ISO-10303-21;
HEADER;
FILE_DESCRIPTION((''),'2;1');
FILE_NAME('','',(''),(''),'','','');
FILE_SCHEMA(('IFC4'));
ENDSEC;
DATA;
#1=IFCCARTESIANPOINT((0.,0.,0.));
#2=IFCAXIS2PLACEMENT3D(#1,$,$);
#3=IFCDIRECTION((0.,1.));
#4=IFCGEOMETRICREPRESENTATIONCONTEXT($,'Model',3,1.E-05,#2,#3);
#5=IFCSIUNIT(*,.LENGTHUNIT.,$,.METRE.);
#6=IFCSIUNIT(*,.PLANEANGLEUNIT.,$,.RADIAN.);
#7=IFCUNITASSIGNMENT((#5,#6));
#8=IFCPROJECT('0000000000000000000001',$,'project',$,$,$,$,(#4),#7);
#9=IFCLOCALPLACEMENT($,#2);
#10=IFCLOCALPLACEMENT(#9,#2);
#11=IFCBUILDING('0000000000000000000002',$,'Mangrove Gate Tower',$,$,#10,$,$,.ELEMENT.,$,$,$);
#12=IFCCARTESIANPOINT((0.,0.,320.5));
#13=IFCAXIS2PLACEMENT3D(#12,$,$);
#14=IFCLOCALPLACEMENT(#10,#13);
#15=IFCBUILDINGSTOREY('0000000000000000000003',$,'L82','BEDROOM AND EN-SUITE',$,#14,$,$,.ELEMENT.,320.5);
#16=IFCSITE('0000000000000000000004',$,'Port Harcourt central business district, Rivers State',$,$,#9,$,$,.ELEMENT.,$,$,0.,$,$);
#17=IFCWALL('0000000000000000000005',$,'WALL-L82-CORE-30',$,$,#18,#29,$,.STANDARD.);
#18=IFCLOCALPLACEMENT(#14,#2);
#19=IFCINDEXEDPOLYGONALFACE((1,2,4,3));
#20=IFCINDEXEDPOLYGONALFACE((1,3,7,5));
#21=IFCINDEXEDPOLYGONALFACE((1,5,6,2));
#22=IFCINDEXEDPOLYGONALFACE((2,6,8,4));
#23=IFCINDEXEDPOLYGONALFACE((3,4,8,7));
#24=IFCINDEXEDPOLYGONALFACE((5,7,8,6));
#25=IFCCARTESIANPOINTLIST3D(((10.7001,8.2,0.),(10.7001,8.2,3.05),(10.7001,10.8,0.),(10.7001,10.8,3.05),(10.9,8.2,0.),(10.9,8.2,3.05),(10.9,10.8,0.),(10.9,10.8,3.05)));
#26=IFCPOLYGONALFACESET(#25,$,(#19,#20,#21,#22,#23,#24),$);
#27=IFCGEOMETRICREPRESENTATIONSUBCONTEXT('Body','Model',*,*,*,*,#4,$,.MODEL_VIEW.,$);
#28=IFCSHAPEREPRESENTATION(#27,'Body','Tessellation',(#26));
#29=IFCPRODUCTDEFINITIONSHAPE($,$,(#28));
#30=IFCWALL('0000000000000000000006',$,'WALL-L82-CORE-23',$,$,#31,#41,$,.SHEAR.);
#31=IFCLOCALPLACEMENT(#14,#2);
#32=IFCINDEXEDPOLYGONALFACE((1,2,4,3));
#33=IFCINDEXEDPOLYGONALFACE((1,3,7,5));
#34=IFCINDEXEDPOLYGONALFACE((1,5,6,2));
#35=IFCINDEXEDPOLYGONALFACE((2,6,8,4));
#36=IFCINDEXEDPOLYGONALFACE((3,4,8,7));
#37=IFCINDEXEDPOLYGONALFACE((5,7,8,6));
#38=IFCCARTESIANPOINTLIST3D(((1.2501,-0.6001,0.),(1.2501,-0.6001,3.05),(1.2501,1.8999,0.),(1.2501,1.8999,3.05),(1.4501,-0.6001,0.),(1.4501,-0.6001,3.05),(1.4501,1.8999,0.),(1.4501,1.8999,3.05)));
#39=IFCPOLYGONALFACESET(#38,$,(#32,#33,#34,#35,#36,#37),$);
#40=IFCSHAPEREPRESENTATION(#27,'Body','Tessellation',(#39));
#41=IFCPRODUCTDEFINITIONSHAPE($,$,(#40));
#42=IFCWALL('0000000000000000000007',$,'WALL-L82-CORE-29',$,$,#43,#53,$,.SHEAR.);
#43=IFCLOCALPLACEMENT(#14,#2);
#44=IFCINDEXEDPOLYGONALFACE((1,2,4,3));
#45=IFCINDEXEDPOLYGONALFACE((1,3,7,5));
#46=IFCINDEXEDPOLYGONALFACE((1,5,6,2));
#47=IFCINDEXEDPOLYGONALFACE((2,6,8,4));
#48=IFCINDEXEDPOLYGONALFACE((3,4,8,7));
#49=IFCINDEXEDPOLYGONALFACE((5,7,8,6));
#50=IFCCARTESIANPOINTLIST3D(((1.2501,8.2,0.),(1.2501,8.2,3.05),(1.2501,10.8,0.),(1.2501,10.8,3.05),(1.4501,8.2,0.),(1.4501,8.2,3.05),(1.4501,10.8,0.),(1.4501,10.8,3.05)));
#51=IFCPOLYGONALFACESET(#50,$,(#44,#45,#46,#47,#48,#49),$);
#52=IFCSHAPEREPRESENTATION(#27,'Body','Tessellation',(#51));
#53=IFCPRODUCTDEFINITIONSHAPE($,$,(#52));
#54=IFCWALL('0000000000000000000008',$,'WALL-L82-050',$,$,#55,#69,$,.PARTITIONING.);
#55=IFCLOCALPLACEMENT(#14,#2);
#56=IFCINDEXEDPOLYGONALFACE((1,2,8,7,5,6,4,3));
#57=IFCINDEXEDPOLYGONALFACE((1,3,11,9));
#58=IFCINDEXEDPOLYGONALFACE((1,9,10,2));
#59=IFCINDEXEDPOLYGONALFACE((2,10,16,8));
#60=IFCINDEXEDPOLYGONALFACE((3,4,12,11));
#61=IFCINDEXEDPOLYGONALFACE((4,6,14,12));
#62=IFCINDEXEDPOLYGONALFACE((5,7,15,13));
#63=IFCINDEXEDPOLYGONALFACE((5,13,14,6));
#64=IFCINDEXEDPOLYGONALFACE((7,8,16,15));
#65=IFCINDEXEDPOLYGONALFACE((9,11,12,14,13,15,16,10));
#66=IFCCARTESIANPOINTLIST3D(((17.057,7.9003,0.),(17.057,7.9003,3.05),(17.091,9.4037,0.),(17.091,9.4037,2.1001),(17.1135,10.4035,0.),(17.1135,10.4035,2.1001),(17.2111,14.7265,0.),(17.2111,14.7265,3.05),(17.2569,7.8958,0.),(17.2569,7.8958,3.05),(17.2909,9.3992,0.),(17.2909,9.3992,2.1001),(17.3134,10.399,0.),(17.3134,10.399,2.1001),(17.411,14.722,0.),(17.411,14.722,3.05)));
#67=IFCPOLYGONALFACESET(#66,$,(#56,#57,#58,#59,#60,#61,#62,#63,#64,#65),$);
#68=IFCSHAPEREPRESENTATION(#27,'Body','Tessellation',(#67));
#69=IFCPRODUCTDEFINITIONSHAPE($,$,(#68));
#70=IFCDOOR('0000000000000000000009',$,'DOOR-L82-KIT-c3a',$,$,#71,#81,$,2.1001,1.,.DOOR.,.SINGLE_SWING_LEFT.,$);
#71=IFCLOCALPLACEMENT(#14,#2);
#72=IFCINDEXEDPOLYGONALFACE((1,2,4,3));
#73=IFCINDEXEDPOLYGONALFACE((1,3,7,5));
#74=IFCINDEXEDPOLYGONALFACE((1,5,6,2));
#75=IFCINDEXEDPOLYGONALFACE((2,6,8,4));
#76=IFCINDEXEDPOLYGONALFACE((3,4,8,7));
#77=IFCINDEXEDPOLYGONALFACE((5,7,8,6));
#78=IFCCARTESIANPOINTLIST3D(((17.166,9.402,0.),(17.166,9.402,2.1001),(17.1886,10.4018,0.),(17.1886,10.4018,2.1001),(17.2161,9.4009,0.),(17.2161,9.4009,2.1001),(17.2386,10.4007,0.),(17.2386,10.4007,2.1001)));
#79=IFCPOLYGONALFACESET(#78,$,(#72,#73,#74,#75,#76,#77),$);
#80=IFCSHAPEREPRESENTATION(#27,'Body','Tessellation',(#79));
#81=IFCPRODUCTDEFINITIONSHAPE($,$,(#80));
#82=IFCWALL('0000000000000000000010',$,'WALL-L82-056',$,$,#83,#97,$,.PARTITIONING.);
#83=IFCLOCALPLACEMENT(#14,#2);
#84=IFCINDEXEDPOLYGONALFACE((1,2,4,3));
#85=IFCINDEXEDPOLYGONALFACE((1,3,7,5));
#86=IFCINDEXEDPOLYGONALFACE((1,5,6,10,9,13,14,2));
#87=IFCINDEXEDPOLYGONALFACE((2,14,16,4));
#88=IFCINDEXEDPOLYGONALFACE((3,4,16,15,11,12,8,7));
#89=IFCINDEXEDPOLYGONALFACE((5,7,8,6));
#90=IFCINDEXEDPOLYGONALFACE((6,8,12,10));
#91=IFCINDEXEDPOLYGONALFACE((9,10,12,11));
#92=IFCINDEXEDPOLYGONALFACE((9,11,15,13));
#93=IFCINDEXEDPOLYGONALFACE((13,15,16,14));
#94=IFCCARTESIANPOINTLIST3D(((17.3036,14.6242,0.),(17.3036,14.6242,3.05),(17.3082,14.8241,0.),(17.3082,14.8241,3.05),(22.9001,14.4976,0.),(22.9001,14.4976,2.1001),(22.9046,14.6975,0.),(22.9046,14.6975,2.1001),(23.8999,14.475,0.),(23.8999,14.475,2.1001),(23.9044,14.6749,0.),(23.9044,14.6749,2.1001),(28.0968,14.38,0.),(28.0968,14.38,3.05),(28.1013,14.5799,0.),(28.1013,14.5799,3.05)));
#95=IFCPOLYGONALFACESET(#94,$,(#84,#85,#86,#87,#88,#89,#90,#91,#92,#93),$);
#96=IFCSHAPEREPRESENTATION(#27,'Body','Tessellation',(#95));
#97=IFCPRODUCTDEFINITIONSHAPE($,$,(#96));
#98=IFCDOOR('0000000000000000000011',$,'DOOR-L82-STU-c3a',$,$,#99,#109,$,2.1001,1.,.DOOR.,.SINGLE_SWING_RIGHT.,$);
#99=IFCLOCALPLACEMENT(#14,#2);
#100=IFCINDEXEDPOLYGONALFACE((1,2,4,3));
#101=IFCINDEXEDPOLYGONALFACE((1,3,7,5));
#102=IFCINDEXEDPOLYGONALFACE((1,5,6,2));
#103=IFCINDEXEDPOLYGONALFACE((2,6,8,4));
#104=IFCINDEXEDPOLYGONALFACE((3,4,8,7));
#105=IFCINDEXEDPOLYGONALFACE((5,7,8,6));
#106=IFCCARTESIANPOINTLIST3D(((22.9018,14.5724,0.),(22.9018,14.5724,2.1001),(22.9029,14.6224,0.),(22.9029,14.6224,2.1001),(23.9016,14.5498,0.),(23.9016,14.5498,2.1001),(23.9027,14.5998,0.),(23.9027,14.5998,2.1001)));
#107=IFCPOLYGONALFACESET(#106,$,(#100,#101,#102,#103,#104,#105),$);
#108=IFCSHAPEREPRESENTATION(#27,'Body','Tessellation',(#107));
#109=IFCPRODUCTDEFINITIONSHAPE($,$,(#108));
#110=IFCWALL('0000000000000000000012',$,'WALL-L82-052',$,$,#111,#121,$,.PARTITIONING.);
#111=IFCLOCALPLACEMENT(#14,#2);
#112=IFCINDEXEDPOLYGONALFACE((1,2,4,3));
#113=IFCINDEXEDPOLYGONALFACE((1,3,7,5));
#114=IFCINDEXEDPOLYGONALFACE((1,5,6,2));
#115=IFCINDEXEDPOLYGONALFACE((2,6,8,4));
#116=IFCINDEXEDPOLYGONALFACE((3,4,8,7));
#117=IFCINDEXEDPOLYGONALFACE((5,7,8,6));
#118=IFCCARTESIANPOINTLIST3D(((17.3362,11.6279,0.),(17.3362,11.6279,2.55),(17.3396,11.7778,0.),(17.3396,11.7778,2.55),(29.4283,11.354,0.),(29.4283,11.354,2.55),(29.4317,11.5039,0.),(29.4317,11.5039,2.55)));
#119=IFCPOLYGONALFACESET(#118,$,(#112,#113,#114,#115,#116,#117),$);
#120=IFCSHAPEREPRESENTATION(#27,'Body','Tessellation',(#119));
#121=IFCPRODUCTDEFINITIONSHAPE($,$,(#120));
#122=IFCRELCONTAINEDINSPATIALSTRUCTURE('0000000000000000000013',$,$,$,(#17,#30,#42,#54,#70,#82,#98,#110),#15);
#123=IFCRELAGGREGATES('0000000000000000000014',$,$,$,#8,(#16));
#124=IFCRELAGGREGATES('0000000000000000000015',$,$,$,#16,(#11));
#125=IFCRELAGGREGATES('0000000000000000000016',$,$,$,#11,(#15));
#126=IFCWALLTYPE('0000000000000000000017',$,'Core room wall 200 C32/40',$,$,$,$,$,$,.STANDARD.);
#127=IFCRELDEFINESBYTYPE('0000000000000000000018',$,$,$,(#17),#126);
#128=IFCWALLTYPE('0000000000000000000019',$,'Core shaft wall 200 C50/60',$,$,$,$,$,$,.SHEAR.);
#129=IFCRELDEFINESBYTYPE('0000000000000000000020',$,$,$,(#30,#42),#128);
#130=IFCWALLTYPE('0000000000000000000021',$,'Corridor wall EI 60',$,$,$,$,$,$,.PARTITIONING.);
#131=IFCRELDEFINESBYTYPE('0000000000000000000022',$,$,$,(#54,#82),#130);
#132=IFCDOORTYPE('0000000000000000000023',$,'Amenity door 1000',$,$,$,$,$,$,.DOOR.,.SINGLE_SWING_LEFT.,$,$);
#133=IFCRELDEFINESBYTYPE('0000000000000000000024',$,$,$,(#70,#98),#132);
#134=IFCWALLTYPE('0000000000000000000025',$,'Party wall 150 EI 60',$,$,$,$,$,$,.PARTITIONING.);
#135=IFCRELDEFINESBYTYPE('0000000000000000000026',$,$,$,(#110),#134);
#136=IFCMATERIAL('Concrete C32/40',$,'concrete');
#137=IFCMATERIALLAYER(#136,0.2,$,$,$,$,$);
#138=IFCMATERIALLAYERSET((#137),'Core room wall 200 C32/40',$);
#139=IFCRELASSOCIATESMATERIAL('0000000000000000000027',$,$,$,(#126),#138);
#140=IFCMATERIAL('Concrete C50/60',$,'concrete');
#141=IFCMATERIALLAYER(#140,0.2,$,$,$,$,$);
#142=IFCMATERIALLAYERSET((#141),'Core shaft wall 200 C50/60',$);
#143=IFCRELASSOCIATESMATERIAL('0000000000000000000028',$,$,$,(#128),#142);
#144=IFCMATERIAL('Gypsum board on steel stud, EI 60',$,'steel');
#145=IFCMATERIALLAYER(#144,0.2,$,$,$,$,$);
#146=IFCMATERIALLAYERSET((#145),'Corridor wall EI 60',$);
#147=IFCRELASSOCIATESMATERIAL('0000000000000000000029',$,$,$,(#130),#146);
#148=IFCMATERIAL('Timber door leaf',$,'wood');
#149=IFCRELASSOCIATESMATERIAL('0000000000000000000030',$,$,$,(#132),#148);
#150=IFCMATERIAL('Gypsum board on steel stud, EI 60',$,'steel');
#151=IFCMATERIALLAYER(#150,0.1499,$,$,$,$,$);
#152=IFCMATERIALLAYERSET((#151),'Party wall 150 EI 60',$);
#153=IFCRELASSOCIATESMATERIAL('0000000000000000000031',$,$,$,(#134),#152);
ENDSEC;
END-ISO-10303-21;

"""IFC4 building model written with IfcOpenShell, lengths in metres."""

from ifc_helpers import new_model, si_unit, direction, frame, frame_2d, origin, place, context, subcontext, project, spatial, rectangle, extrude, material, layer, layer_set, type_object, element, fill, save


model = new_model("IFC4")

# Units and contexts
model_context = context("Model", 3, precision=1e-05, world=origin(), true_north=direction((0.0, 1.0)))
body_context = subcontext(model_context, "Body", "Model", "MODEL_VIEW")
ifc_project = project(units=[si_unit("LENGTHUNIT", "METRE"), si_unit("PLANEANGLEUNIT", "RADIAN")], contexts=[model_context])

# Site, building, storey
site_placement = place(None, origin())
site = spatial("IfcSite", under=ifc_project, at=site_placement, Name="Port Harcourt central business district, Rivers State", CompositionType="ELEMENT", RefElevation=0.0)
building_placement = place(site_placement, origin())
building = spatial("IfcBuilding", under=site, at=building_placement, Name="Mangrove Gate Tower", CompositionType="ELEMENT")
storey_placement = place(building_placement, frame((0.0, 0.0, 320.5)))
storey = spatial("IfcBuildingStorey", under=building, at=storey_placement, Name="L82", Description="BEDROOM AND EN-SUITE", CompositionType="ELEMENT", Elevation=320.5)

# Walls
ifc_material_1 = material(Name="Concrete C32/40", Category="concrete")
ifc_layer_1 = layer(ifc_material_1, 0.2)
ifc_layer_set_1 = layer_set([ifc_layer_1], Name="Core room wall 200 C32/40")
wall_type_1 = type_object("IfcWallType", Name="Core room wall 200 C32/40", PredefinedType="STANDARD", material=ifc_layer_set_1)
wall_1_placement = place(storey_placement, frame((10.8, 8.2, 0.0), z_axis=(0.0, 0.0, 1.0), x_axis=(0.0, 1.0, 0.0)))
element("IfcWall", 1, at=wall_1_placement, inside=storey, type_object=wall_type_1, Name="WALL-L82-CORE-30", PredefinedType="STANDARD", context=body_context, shape_type="SweptSolid", body=[
    extrude(rectangle(XDim=2.6001, YDim=0.2, at=frame_2d((1.3, 0.0))), origin(), (0.0, 0.0, 1.0), 3.05),
])
ifc_material_2 = material(Name="Concrete C50/60", Category="concrete")
ifc_layer_2 = layer(ifc_material_2, 0.2)
ifc_layer_set_2 = layer_set([ifc_layer_2], Name="Core shaft wall 200 C50/60")
wall_type_2 = type_object("IfcWallType", Name="Core shaft wall 200 C50/60", PredefinedType="SHEAR", material=ifc_layer_set_2)
wall_2_placement = place(storey_placement, frame((1.3501, -0.6001, 0.0), z_axis=(0.0, 0.0, 1.0), x_axis=(0.0, 1.0, 0.0)))
element("IfcWall", 2, at=wall_2_placement, inside=storey, type_object=wall_type_2, Name="WALL-L82-CORE-23", PredefinedType="SHEAR", context=body_context, shape_type="SweptSolid", body=[
    extrude(rectangle(XDim=2.5, YDim=0.2, at=frame_2d((1.25, 0.0))), origin(), (0.0, 0.0, 1.0), 3.05),
])
wall_3_placement = place(storey_placement, frame((1.3501, 8.2, 0.0), z_axis=(0.0, 0.0, 1.0), x_axis=(0.0, 1.0, 0.0)))
element("IfcWall", 3, at=wall_3_placement, inside=storey, type_object=wall_type_2, Name="WALL-L82-CORE-29", PredefinedType="SHEAR", context=body_context, shape_type="SweptSolid", body=[
    extrude(rectangle(XDim=2.6001, YDim=0.2, at=frame_2d((1.3, 0.0))), origin(), (0.0, 0.0, 1.0), 3.05),
])

# Walls, openings, doors
ifc_material_3 = material(Name="Gypsum board on steel stud, EI 60", Category="steel")
ifc_layer_3 = layer(ifc_material_3, 0.2)
ifc_layer_set_3 = layer_set([ifc_layer_3], Name="Corridor wall EI 60")
wall_type_3 = type_object("IfcWallType", Name="Corridor wall EI 60", PredefinedType="PARTITIONING", material=ifc_layer_set_3)
wall_4_placement = place(storey_placement, frame((17.157, 7.8979, 0.0), z_axis=(0.0, 0.0, 1.0), x_axis=(0.022562, 0.999745, 0.0)))
wall_4 = element("IfcWall", 4, at=wall_4_placement, inside=storey, type_object=wall_type_3, Name="WALL-L82-050", PredefinedType="PARTITIONING", context=body_context, shape_type="SweptSolid", body=[
    extrude(rectangle(XDim=6.8279, YDim=0.2, at=frame_2d((3.4141, 0.0))), origin(), (0.0, 0.0, 1.0), 3.05),
])
opening_1_placement = place(wall_4_placement, frame((1.5039, 0.0, 0.0)))
opening_1 = element("IfcOpeningElement", 5, at=opening_1_placement, cuts=wall_4, PredefinedType="OPENING", context=body_context, shape_type="SweptSolid", body=[
    extrude(rectangle(XDim=1.0, YDim=2.1001, at=frame_2d((0.5, 1.05))), frame((0.0, 0.1099, 0.0), z_axis=(0.0, -1.0, 0.0), x_axis=(1.0, 0.0, 0.0)), (0.0, 0.0, 1.0), 0.22),
])
ifc_material_4 = material(Name="Timber door leaf", Category="wood")
door_type = type_object("IfcDoorType", Name="Amenity door 1000", OperationType="SINGLE_SWING_LEFT", PredefinedType="DOOR", material=ifc_material_4)
door_1_placement = place(opening_1_placement, origin())
door_1 = element("IfcDoor", 6, at=door_1_placement, inside=storey, type_object=door_type, Name="DOOR-L82-KIT-c3a", OperationType="SINGLE_SWING_LEFT", OverallHeight=2.1001, OverallWidth=1.0, PredefinedType="DOOR", context=body_context, shape_type="SweptSolid", body=[
    extrude(rectangle(XDim=1.0, YDim=2.1001, at=frame_2d((0.5, 1.05))), frame((0.0, 0.0249, 0.0), z_axis=(0.0, -1.0, 0.0), x_axis=(1.0, 0.0, 0.0)), (0.0, 0.0, 1.0), 0.05),
])
fill(opening_1, door_1)
wall_5_placement = place(storey_placement, frame((17.3059, 14.7241, 0.0), z_axis=(0.0, 0.0, 1.0), x_axis=(0.999744, -0.022614, 0.0)))
wall_5 = element("IfcWall", 7, at=wall_5_placement, inside=storey, type_object=wall_type_3, Name="WALL-L82-056", PredefinedType="PARTITIONING", context=body_context, shape_type="SweptSolid", body=[
    extrude(rectangle(XDim=10.7959, YDim=0.2, at=frame_2d((5.3979, 0.0))), origin(), (0.0, 0.0, 1.0), 3.05),
])
opening_2_placement = place(wall_5_placement, frame((5.5979, 0.0, 0.0)))
opening_2 = element("IfcOpeningElement", 8, at=opening_2_placement, cuts=wall_5, PredefinedType="OPENING", context=body_context, shape_type="SweptSolid", body=[
    extrude(rectangle(XDim=1.0, YDim=2.1001, at=frame_2d((0.5, 1.05))), frame((0.0, 0.1099, 0.0), z_axis=(0.0, -1.0, 0.0), x_axis=(1.0, 0.0, 0.0)), (0.0, 0.0, 1.0), 0.22),
])
door_2_placement = place(opening_2_placement, origin())
door_2 = element("IfcDoor", 9, at=door_2_placement, inside=storey, type_object=door_type, Name="DOOR-L82-STU-c3a", OperationType="SINGLE_SWING_RIGHT", OverallHeight=2.1001, OverallWidth=1.0, PredefinedType="DOOR", context=body_context, shape_type="SweptSolid", body=[
    extrude(rectangle(XDim=1.0, YDim=2.1001, at=frame_2d((0.5, 1.05))), frame((0.0, 0.0249, 0.0), z_axis=(0.0, -1.0, 0.0), x_axis=(1.0, 0.0, 0.0)), (0.0, 0.0, 1.0), 0.05),
])
fill(opening_2, door_2)

# Wall
ifc_material_5 = material(Name="Gypsum board on steel stud, EI 60", Category="steel")
ifc_layer_4 = layer(ifc_material_5, 0.1499)
ifc_layer_set_4 = layer_set([ifc_layer_4], Name="Party wall 150 EI 60")
wall_type_4 = type_object("IfcWallType", Name="Party wall 150 EI 60", PredefinedType="PARTITIONING", material=ifc_layer_set_4)
wall_6_placement = place(storey_placement, frame((17.3379, 11.7029, 0.0), z_axis=(0.0, 0.0, 1.0), x_axis=(0.999744, -0.022648, 0.0)))
element("IfcWall", 10, at=wall_6_placement, inside=storey, type_object=wall_type_4, Name="WALL-L82-052", PredefinedType="PARTITIONING", context=body_context, shape_type="SweptSolid", body=[
    extrude(rectangle(XDim=12.0952, YDim=0.1499, at=frame_2d((6.0476, 0.0))), origin(), (0.0, 0.0, 1.0), 2.55),
])

save(model, "model.ifc")
